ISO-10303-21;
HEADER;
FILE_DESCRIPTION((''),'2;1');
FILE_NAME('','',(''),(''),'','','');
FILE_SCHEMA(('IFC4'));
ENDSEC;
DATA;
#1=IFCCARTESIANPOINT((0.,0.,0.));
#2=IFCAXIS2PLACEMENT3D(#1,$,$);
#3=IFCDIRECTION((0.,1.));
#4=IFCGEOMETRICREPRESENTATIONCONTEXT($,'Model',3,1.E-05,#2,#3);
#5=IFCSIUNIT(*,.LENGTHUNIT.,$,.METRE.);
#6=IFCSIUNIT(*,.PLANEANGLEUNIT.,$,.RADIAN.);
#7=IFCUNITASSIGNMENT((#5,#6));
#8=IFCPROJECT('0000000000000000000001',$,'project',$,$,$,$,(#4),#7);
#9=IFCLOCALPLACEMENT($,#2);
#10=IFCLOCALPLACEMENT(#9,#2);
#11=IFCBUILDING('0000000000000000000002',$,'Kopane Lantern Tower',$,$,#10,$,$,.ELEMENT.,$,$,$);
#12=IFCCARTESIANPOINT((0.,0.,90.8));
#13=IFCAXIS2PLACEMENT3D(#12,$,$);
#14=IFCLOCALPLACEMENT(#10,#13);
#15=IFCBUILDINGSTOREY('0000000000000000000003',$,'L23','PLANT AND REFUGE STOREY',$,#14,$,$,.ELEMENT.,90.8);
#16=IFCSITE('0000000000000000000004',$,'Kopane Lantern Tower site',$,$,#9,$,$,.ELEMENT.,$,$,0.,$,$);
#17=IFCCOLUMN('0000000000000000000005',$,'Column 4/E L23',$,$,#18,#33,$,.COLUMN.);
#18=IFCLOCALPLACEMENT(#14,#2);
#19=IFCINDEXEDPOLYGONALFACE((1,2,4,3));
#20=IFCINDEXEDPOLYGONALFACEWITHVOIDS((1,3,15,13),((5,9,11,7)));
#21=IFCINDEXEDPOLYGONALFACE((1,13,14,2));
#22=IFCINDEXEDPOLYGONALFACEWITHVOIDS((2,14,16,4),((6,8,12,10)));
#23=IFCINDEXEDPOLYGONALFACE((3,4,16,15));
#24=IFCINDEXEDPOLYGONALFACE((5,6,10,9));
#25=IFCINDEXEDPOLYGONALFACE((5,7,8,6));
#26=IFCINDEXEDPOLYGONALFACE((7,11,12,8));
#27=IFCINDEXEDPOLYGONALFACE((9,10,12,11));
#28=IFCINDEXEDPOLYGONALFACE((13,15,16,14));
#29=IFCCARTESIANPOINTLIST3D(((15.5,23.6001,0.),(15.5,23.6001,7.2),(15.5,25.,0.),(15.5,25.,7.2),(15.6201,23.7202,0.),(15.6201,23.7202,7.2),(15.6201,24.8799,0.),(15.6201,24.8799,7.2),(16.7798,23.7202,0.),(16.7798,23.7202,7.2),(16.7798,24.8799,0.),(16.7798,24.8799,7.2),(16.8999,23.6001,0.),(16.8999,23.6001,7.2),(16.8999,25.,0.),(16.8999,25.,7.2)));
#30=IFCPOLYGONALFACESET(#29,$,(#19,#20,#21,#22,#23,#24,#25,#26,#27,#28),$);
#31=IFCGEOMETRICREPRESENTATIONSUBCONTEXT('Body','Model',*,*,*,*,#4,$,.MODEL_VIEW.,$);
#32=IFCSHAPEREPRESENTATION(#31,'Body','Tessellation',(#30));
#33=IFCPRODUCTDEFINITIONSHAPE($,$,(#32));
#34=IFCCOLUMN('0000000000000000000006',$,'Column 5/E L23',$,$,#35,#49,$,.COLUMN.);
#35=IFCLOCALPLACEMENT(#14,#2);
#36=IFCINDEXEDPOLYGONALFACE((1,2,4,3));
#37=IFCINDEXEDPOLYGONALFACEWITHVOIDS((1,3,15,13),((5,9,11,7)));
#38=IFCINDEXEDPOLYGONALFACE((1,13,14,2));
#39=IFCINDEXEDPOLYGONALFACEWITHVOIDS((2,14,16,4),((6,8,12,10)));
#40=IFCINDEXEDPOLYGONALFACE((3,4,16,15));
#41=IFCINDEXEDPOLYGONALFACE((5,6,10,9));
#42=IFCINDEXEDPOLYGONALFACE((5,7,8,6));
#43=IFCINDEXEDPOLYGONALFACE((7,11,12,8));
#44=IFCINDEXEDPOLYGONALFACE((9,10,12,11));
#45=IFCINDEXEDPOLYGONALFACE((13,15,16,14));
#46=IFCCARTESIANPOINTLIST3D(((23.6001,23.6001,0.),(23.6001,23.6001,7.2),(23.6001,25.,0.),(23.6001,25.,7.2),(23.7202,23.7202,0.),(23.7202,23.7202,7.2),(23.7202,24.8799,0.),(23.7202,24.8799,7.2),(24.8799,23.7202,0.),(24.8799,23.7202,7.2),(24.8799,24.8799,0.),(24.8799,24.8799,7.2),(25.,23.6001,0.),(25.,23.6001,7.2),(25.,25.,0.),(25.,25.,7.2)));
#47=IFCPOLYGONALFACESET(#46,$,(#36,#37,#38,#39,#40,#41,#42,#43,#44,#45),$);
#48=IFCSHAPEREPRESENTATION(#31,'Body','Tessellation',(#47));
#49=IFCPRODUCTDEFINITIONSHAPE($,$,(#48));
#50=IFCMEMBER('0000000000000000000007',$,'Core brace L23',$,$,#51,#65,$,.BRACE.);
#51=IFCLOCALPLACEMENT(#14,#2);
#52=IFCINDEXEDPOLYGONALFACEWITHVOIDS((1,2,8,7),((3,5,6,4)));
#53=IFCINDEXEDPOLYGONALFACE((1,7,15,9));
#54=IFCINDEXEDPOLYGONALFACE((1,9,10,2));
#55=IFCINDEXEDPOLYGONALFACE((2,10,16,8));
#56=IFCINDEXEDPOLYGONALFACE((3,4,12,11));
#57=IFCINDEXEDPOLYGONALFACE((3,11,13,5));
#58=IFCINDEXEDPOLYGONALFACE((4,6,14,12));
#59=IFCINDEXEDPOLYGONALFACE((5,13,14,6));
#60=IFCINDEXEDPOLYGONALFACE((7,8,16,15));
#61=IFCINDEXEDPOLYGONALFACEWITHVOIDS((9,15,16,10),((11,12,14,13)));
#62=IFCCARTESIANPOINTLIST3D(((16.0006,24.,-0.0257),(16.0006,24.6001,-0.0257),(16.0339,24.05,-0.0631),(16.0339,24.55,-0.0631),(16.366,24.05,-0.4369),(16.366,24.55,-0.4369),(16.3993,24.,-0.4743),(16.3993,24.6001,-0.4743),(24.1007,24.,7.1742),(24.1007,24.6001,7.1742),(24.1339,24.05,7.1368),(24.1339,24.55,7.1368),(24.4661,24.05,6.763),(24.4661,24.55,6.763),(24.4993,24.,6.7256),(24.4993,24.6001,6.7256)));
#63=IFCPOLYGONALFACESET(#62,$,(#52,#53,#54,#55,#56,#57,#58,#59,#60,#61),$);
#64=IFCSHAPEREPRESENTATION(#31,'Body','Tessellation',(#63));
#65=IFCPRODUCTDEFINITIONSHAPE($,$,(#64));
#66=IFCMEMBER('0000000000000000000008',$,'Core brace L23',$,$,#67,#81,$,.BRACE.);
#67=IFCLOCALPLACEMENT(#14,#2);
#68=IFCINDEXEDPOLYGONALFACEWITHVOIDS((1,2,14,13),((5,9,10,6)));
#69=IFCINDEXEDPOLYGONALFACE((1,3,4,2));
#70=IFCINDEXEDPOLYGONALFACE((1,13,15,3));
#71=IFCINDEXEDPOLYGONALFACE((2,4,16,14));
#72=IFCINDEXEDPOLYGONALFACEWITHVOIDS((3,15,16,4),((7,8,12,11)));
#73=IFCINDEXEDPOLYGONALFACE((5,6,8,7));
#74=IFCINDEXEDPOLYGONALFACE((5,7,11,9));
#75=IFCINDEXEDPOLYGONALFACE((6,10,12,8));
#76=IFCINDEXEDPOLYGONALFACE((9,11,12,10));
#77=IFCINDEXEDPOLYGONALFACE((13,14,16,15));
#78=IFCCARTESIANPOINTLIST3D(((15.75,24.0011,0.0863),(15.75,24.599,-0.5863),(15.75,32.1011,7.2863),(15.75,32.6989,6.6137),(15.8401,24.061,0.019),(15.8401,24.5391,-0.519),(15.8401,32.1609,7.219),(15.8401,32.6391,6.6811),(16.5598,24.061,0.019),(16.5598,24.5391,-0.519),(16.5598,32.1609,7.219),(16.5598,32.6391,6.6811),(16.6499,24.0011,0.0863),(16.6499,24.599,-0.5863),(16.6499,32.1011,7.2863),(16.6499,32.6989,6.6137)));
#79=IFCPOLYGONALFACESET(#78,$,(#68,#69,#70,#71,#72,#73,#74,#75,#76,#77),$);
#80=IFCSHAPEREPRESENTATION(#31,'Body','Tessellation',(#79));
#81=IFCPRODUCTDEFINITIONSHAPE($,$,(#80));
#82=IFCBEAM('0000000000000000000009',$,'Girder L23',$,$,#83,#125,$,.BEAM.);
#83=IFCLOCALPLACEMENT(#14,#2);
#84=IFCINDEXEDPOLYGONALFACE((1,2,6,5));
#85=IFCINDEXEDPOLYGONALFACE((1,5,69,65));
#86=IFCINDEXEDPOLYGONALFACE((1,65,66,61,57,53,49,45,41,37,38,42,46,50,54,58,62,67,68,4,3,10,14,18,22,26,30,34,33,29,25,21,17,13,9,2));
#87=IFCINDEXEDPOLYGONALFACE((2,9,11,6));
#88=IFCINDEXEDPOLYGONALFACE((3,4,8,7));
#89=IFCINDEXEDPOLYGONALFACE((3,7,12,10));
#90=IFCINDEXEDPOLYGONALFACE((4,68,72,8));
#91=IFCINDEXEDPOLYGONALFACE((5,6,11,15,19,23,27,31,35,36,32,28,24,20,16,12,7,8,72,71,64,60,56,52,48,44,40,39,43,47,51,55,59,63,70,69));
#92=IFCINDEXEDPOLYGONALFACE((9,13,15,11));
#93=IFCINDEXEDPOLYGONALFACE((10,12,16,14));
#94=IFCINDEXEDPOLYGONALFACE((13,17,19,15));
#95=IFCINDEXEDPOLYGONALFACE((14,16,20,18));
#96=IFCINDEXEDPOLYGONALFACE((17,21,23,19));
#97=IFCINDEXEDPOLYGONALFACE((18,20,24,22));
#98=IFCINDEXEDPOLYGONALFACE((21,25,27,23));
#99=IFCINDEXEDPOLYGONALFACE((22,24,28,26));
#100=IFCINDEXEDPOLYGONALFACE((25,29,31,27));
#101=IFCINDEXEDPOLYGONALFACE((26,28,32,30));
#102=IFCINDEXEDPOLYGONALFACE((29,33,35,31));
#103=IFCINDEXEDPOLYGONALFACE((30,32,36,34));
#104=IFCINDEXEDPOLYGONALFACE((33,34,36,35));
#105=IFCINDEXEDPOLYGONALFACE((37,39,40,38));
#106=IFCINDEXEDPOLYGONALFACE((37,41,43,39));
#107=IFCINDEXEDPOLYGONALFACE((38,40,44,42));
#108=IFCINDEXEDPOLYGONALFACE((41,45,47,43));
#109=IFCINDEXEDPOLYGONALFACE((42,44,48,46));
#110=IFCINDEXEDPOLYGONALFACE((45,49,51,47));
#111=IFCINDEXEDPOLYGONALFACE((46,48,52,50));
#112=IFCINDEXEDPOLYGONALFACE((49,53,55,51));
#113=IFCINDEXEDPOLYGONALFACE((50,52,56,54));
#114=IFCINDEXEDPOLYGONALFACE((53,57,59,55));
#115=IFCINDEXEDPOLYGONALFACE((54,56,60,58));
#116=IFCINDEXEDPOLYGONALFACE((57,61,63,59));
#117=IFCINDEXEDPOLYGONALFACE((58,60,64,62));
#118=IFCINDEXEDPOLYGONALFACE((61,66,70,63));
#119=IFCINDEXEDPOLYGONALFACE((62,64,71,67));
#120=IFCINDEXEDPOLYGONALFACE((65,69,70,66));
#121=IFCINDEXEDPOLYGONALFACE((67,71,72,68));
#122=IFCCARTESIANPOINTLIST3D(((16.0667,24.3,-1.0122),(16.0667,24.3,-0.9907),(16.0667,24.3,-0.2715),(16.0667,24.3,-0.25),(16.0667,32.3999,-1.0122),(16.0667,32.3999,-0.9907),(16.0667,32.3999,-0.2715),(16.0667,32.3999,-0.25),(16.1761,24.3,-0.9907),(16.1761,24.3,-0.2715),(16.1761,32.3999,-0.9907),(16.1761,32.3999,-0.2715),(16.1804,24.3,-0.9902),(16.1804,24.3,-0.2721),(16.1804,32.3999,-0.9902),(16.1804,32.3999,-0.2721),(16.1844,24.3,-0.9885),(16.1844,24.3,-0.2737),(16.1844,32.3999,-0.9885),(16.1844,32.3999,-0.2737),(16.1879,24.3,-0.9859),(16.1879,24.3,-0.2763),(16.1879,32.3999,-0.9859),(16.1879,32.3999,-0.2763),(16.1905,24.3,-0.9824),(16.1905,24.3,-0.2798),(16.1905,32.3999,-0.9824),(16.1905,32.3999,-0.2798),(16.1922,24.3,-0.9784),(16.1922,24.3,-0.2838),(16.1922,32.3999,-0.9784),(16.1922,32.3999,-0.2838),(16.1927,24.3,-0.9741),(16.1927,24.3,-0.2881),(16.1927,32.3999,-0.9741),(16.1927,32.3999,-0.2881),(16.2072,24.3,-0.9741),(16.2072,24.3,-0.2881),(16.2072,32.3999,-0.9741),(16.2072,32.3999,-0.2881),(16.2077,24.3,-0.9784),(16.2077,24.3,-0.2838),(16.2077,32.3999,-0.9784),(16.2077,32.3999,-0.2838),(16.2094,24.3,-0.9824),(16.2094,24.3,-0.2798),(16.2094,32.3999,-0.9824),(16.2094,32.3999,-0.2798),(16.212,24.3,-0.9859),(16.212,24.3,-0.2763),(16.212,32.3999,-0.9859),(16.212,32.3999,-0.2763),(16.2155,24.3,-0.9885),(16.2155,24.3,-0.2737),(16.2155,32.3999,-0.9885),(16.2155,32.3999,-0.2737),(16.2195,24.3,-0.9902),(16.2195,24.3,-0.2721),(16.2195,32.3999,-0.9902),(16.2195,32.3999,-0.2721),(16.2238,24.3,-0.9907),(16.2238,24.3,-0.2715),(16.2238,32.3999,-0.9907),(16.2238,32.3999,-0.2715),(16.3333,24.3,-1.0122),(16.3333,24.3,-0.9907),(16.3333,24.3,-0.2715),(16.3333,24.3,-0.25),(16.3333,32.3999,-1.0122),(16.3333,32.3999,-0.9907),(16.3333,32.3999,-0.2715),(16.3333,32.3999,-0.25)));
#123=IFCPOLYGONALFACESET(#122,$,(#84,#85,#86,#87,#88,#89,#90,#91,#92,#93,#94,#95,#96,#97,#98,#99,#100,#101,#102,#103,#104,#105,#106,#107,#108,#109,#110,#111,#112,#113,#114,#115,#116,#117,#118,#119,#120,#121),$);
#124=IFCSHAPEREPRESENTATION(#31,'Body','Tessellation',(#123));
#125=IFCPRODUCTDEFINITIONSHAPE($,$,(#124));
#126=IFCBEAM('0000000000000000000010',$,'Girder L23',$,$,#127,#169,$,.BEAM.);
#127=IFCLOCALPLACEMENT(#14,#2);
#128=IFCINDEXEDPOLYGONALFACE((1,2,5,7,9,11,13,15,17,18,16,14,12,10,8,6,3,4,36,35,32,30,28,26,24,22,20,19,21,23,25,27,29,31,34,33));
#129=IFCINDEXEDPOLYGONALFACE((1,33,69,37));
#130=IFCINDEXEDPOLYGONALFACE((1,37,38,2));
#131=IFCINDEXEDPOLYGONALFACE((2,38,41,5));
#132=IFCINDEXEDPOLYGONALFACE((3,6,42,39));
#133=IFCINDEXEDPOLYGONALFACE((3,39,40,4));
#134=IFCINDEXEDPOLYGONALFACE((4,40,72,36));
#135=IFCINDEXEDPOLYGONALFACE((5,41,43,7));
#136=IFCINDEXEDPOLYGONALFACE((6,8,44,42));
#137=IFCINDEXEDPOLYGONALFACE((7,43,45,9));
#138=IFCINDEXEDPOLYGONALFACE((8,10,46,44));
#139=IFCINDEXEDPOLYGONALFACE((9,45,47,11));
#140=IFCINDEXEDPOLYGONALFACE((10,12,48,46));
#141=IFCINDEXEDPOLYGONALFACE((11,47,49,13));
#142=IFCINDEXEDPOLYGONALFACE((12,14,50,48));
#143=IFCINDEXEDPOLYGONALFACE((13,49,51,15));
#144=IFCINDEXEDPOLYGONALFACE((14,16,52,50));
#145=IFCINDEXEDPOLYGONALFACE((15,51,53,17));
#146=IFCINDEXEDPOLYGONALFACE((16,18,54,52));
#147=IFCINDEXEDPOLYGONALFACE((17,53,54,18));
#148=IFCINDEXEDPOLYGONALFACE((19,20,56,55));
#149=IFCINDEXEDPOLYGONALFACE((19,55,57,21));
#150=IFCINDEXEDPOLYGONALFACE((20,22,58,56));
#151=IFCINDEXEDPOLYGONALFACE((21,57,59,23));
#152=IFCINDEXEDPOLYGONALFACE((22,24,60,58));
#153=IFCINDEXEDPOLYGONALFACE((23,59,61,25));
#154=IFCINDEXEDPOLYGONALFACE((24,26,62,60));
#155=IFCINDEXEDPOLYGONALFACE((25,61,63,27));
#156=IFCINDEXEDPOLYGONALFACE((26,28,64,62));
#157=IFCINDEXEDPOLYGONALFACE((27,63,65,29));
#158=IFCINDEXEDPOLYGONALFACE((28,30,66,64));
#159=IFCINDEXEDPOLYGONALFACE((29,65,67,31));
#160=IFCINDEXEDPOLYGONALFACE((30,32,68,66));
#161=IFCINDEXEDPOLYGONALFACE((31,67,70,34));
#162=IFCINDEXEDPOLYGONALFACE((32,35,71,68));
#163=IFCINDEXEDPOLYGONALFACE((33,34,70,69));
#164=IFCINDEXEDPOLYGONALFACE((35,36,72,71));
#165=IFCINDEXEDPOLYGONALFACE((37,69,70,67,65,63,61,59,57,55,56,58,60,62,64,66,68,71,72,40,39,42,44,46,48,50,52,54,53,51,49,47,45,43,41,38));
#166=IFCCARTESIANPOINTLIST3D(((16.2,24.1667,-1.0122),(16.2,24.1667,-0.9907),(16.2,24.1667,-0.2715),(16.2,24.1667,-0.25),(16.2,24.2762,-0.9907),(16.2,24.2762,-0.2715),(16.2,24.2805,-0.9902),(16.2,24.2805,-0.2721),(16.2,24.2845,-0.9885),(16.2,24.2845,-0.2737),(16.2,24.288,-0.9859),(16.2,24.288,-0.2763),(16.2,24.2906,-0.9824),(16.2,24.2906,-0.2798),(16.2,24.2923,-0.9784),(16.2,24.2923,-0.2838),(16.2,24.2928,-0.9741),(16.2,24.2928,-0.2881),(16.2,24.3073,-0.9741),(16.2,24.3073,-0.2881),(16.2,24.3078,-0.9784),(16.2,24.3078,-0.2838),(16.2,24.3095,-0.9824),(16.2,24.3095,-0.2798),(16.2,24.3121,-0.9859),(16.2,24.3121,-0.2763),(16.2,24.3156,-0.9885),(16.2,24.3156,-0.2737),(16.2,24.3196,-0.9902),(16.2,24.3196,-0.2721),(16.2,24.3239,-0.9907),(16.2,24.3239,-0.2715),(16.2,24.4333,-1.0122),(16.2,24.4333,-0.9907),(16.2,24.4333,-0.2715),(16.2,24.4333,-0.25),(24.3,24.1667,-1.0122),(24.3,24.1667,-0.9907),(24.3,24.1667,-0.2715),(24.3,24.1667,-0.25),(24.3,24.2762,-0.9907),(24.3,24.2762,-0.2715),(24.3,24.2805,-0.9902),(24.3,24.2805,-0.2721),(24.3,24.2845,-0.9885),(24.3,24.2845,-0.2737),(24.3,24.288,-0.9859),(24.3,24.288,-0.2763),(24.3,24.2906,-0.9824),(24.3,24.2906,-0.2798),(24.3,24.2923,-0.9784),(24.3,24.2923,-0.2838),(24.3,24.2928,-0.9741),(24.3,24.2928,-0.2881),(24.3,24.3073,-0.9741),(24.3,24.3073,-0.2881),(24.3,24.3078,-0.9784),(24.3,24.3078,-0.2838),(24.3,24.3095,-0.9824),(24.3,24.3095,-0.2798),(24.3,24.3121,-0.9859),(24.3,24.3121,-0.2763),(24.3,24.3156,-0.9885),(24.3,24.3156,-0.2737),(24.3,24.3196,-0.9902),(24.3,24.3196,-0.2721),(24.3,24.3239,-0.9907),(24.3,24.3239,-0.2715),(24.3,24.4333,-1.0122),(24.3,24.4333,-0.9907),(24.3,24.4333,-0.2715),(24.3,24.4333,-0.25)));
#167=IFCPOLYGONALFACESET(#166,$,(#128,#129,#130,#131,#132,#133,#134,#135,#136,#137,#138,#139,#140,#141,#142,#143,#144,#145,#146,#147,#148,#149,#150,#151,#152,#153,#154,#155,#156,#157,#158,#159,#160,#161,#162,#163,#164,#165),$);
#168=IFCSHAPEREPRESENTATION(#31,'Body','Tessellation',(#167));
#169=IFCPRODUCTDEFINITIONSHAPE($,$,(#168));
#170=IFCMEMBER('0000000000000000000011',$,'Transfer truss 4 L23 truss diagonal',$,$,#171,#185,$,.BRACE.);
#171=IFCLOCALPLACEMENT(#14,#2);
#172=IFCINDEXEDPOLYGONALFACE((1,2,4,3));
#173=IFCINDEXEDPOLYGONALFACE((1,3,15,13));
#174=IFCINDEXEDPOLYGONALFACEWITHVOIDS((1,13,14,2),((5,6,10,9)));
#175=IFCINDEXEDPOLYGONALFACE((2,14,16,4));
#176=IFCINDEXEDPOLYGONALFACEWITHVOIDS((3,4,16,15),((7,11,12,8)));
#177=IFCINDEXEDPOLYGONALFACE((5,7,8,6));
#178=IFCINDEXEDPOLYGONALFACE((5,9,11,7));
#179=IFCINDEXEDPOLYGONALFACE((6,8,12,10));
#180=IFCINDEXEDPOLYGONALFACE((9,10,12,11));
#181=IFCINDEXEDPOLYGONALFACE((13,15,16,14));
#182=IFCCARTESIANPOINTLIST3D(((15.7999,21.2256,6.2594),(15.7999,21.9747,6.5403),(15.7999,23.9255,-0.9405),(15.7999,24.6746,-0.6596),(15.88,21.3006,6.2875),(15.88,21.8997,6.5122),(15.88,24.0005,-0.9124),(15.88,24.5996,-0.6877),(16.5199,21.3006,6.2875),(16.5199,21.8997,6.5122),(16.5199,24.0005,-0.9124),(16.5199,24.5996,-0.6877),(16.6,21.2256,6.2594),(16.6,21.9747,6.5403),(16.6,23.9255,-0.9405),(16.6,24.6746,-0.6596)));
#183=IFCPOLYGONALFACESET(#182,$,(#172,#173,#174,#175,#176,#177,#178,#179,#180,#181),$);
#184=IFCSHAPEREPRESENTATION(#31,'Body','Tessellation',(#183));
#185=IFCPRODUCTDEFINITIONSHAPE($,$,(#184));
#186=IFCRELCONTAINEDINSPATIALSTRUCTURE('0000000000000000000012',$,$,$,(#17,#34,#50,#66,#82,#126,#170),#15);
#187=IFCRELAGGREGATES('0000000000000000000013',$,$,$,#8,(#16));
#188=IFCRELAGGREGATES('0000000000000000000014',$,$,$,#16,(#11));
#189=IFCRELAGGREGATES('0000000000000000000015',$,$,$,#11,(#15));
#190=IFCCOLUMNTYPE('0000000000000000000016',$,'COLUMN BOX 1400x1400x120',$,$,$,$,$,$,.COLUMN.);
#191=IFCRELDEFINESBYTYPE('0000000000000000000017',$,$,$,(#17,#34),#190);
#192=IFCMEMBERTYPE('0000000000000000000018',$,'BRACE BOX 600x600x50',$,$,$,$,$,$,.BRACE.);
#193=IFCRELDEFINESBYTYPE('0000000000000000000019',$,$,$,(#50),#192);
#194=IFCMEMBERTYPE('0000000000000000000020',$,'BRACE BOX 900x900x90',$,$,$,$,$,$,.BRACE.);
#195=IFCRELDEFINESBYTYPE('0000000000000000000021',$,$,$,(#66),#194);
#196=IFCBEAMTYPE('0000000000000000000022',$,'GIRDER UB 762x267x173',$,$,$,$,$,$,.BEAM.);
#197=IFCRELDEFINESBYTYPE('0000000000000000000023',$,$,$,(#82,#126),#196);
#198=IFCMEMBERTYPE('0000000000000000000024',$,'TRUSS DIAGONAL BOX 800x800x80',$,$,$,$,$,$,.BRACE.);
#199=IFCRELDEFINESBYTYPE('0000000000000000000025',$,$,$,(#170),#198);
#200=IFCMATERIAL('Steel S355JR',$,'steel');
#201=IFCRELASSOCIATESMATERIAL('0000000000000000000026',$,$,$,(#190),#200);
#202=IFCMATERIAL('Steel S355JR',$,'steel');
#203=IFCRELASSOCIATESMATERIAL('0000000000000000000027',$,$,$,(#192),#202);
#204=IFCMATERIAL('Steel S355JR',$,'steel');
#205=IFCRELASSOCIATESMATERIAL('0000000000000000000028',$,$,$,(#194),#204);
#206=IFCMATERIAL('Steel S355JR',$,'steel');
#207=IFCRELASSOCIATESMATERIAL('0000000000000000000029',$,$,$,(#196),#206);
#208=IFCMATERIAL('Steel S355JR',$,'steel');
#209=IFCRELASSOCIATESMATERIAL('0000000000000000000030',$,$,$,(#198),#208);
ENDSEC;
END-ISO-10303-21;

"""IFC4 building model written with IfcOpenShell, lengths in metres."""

from ifc_helpers import new_model, si_unit, direction, frame, origin, origin_2d, place, context, subcontext, project, spatial, hollow_rectangle, i_section, extrude, material, material_profile, profile_set, type_object, element, save


model = new_model("IFC4")

# Units and contexts
model_context = context("Model", 3, precision=1e-05, world=origin(), true_north=direction((0.0, 1.0)))
body_context = subcontext(model_context, "Body", "Model", "MODEL_VIEW")
ifc_project = project(units=[si_unit("LENGTHUNIT", "METRE"), si_unit("PLANEANGLEUNIT", "RADIAN")], contexts=[model_context])

# Site, building, storey
site_placement = place(None, origin())
site = spatial("IfcSite", under=ifc_project, at=site_placement, Name="Kopane Lantern Tower site", CompositionType="ELEMENT", RefElevation=0.0)
building_placement = place(site_placement, origin())
building = spatial("IfcBuilding", under=site, at=building_placement, Name="Kopane Lantern Tower", CompositionType="ELEMENT")
storey_placement = place(building_placement, frame((0.0, 0.0, 90.8)))
storey = spatial("IfcBuildingStorey", under=building, at=storey_placement, Name="L23", Description="PLANT AND REFUGE STOREY", CompositionType="ELEMENT", Elevation=90.8)

# Columns
ifc_material_1 = material(Name="Steel S355JR", Category="steel")
ifc_material_profile_1 = material_profile(ifc_material_1, hollow_rectangle(XDim=1.3999, YDim=1.3999, WallThickness=0.1201, at=origin_2d()), Name="BOX 1400x1400x120")
ifc_profile_set_1 = profile_set([ifc_material_profile_1], Name="Steel S355JR")
column_type = type_object("IfcColumnType", Name="COLUMN BOX 1400x1400x120", PredefinedType="COLUMN", material=ifc_profile_set_1)
for number, where, z_axis, x_axis, name in (
    (1, (16.2, 24.3, 0.0), (0.0, 0.0, 1.0), (1.0, 0.0, 0.0), "Column 4/E L23"),
    (2, (24.3, 24.3, 0.0), (0.0, 0.0, 1.0), (1.0, 0.0, 0.0), "Column 5/E L23"),
):
    element("IfcColumn", number, at=place(storey_placement, frame(where, z_axis=z_axis, x_axis=x_axis)), inside=storey, type_object=column_type, Name=name, PredefinedType="COLUMN", context=body_context, shape_type="SweptSolid", body=[
        extrude(hollow_rectangle(XDim=1.3999, YDim=1.3999, WallThickness=0.1201, at=origin_2d()), origin(), (0.0, 0.0, 1.0), 7.2),
    ])

# Members
ifc_material_2 = material(Name="Steel S355JR", Category="steel")
ifc_material_profile_2 = material_profile(ifc_material_2, hollow_rectangle(XDim=0.6001, YDim=0.6001, WallThickness=0.05, at=origin_2d()), Name="BOX 600x600x50")
ifc_profile_set_2 = profile_set([ifc_material_profile_2], Name="Steel S355JR")
member_type_1 = type_object("IfcMemberType", Name="BRACE BOX 600x600x50", PredefinedType="BRACE", material=ifc_profile_set_2)
member_1_placement = place(storey_placement, frame((16.2, 24.3, -0.25), z_axis=(0.747416, 0.0, 0.664357), x_axis=(0.0, 1.0, 0.0)))
element("IfcMember", 3, at=member_1_placement, inside=storey, type_object=member_type_1, Name="Core brace L23", PredefinedType="BRACE", context=body_context, shape_type="SweptSolid", body=[
    extrude(hollow_rectangle(XDim=0.6001, YDim=0.6001, WallThickness=0.05, at=origin_2d()), origin(), (0.0, 0.0, 1.0), 10.8374),
])
ifc_material_3 = material(Name="Steel S355JR", Category="steel")
ifc_material_profile_3 = material_profile(ifc_material_3, hollow_rectangle(XDim=0.8999, YDim=0.8999, WallThickness=0.0901, at=origin_2d()), Name="BOX 900x900x90")
ifc_profile_set_3 = profile_set([ifc_material_profile_3], Name="Steel S355JR")
member_type_2 = type_object("IfcMemberType", Name="BRACE BOX 900x900x90", PredefinedType="BRACE", material=ifc_profile_set_3)
member_2_placement = place(storey_placement, frame((16.2, 24.3, -0.25), z_axis=(0.0, 0.747406, 0.664368), x_axis=(-1.0, 0.0, 0.0)))
element("IfcMember", 4, at=member_2_placement, inside=storey, type_object=member_type_2, Name="Core brace L23", PredefinedType="BRACE", context=body_context, shape_type="SweptSolid", body=[
    extrude(hollow_rectangle(XDim=0.8999, YDim=0.8999, WallThickness=0.0901, at=origin_2d()), origin(), (0.0, 0.0, 1.0), 10.8374),
])

# Beams
ifc_material_4 = material(Name="Steel S355JR", Category="steel")
ifc_material_profile_4 = material_profile(ifc_material_4, i_section(OverallWidth=0.2666, OverallDepth=0.7622, WebThickness=0.0144, FlangeThickness=0.0215, FilletRadius=0.0166, at=origin_2d()), Name="UB 762x267x173")
ifc_profile_set_4 = profile_set([ifc_material_profile_4], Name="Steel S355JR")
beam_type = type_object("IfcBeamType", Name="GIRDER UB 762x267x173", PredefinedType="BEAM", material=ifc_profile_set_4)
beam_1_placement = place(storey_placement, frame((16.2, 24.3, -0.6311), z_axis=(0.0, 1.0, 0.0), x_axis=(-1.0, 0.0, 0.0)))
element("IfcBeam", 5, at=beam_1_placement, inside=storey, type_object=beam_type, Name="Girder L23", PredefinedType="BEAM", context=body_context, shape_type="SweptSolid", body=[
    extrude(i_section(OverallWidth=0.2666, OverallDepth=0.7622, WebThickness=0.0144, FlangeThickness=0.0215, FilletRadius=0.0166, at=origin_2d()), origin(), (0.0, 0.0, 1.0), 8.0999),
])
beam_2_placement = place(storey_placement, frame((16.2, 24.3, -0.6311), z_axis=(1.0, 0.0, 0.0), x_axis=(0.0, 1.0, 0.0)))
element("IfcBeam", 6, at=beam_2_placement, inside=storey, type_object=beam_type, Name="Girder L23", PredefinedType="BEAM", context=body_context, shape_type="SweptSolid", body=[
    extrude(i_section(OverallWidth=0.2666, OverallDepth=0.7622, WebThickness=0.0144, FlangeThickness=0.0215, FilletRadius=0.0166, at=origin_2d()), origin(), (0.0, 0.0, 1.0), 8.1001),
])

# Member
ifc_material_5 = material(Name="Steel S355JR", Category="steel")
ifc_material_profile_5 = material_profile(ifc_material_5, hollow_rectangle(XDim=0.8, YDim=0.8, WallThickness=0.0801, at=origin_2d()), Name="BOX 800x800x80")
ifc_profile_set_5 = profile_set([ifc_material_profile_5], Name="Steel S355JR")
member_type_3 = type_object("IfcMemberType", Name="TRUSS DIAGONAL BOX 800x800x80", PredefinedType="BRACE", material=ifc_profile_set_5)
for number, where, z_axis, x_axis, name in (
    (7, (16.2, 24.3, -0.8), (0.0, -0.35112, 0.93633), (1.0, 0.0, 0.0), "Transfer truss 4 L23 truss diagonal"),
):
    element("IfcMember", number, at=place(storey_placement, frame(where, z_axis=z_axis, x_axis=x_axis)), inside=storey, type_object=member_type_3, Name=name, PredefinedType="BRACE", context=body_context, shape_type="SweptSolid", body=[
        extrude(hollow_rectangle(XDim=0.8, YDim=0.8, WallThickness=0.0801, at=origin_2d()), origin(), (0.0, 0.0, 1.0), 7.6895),
    ])

save(model, "model.ifc")
